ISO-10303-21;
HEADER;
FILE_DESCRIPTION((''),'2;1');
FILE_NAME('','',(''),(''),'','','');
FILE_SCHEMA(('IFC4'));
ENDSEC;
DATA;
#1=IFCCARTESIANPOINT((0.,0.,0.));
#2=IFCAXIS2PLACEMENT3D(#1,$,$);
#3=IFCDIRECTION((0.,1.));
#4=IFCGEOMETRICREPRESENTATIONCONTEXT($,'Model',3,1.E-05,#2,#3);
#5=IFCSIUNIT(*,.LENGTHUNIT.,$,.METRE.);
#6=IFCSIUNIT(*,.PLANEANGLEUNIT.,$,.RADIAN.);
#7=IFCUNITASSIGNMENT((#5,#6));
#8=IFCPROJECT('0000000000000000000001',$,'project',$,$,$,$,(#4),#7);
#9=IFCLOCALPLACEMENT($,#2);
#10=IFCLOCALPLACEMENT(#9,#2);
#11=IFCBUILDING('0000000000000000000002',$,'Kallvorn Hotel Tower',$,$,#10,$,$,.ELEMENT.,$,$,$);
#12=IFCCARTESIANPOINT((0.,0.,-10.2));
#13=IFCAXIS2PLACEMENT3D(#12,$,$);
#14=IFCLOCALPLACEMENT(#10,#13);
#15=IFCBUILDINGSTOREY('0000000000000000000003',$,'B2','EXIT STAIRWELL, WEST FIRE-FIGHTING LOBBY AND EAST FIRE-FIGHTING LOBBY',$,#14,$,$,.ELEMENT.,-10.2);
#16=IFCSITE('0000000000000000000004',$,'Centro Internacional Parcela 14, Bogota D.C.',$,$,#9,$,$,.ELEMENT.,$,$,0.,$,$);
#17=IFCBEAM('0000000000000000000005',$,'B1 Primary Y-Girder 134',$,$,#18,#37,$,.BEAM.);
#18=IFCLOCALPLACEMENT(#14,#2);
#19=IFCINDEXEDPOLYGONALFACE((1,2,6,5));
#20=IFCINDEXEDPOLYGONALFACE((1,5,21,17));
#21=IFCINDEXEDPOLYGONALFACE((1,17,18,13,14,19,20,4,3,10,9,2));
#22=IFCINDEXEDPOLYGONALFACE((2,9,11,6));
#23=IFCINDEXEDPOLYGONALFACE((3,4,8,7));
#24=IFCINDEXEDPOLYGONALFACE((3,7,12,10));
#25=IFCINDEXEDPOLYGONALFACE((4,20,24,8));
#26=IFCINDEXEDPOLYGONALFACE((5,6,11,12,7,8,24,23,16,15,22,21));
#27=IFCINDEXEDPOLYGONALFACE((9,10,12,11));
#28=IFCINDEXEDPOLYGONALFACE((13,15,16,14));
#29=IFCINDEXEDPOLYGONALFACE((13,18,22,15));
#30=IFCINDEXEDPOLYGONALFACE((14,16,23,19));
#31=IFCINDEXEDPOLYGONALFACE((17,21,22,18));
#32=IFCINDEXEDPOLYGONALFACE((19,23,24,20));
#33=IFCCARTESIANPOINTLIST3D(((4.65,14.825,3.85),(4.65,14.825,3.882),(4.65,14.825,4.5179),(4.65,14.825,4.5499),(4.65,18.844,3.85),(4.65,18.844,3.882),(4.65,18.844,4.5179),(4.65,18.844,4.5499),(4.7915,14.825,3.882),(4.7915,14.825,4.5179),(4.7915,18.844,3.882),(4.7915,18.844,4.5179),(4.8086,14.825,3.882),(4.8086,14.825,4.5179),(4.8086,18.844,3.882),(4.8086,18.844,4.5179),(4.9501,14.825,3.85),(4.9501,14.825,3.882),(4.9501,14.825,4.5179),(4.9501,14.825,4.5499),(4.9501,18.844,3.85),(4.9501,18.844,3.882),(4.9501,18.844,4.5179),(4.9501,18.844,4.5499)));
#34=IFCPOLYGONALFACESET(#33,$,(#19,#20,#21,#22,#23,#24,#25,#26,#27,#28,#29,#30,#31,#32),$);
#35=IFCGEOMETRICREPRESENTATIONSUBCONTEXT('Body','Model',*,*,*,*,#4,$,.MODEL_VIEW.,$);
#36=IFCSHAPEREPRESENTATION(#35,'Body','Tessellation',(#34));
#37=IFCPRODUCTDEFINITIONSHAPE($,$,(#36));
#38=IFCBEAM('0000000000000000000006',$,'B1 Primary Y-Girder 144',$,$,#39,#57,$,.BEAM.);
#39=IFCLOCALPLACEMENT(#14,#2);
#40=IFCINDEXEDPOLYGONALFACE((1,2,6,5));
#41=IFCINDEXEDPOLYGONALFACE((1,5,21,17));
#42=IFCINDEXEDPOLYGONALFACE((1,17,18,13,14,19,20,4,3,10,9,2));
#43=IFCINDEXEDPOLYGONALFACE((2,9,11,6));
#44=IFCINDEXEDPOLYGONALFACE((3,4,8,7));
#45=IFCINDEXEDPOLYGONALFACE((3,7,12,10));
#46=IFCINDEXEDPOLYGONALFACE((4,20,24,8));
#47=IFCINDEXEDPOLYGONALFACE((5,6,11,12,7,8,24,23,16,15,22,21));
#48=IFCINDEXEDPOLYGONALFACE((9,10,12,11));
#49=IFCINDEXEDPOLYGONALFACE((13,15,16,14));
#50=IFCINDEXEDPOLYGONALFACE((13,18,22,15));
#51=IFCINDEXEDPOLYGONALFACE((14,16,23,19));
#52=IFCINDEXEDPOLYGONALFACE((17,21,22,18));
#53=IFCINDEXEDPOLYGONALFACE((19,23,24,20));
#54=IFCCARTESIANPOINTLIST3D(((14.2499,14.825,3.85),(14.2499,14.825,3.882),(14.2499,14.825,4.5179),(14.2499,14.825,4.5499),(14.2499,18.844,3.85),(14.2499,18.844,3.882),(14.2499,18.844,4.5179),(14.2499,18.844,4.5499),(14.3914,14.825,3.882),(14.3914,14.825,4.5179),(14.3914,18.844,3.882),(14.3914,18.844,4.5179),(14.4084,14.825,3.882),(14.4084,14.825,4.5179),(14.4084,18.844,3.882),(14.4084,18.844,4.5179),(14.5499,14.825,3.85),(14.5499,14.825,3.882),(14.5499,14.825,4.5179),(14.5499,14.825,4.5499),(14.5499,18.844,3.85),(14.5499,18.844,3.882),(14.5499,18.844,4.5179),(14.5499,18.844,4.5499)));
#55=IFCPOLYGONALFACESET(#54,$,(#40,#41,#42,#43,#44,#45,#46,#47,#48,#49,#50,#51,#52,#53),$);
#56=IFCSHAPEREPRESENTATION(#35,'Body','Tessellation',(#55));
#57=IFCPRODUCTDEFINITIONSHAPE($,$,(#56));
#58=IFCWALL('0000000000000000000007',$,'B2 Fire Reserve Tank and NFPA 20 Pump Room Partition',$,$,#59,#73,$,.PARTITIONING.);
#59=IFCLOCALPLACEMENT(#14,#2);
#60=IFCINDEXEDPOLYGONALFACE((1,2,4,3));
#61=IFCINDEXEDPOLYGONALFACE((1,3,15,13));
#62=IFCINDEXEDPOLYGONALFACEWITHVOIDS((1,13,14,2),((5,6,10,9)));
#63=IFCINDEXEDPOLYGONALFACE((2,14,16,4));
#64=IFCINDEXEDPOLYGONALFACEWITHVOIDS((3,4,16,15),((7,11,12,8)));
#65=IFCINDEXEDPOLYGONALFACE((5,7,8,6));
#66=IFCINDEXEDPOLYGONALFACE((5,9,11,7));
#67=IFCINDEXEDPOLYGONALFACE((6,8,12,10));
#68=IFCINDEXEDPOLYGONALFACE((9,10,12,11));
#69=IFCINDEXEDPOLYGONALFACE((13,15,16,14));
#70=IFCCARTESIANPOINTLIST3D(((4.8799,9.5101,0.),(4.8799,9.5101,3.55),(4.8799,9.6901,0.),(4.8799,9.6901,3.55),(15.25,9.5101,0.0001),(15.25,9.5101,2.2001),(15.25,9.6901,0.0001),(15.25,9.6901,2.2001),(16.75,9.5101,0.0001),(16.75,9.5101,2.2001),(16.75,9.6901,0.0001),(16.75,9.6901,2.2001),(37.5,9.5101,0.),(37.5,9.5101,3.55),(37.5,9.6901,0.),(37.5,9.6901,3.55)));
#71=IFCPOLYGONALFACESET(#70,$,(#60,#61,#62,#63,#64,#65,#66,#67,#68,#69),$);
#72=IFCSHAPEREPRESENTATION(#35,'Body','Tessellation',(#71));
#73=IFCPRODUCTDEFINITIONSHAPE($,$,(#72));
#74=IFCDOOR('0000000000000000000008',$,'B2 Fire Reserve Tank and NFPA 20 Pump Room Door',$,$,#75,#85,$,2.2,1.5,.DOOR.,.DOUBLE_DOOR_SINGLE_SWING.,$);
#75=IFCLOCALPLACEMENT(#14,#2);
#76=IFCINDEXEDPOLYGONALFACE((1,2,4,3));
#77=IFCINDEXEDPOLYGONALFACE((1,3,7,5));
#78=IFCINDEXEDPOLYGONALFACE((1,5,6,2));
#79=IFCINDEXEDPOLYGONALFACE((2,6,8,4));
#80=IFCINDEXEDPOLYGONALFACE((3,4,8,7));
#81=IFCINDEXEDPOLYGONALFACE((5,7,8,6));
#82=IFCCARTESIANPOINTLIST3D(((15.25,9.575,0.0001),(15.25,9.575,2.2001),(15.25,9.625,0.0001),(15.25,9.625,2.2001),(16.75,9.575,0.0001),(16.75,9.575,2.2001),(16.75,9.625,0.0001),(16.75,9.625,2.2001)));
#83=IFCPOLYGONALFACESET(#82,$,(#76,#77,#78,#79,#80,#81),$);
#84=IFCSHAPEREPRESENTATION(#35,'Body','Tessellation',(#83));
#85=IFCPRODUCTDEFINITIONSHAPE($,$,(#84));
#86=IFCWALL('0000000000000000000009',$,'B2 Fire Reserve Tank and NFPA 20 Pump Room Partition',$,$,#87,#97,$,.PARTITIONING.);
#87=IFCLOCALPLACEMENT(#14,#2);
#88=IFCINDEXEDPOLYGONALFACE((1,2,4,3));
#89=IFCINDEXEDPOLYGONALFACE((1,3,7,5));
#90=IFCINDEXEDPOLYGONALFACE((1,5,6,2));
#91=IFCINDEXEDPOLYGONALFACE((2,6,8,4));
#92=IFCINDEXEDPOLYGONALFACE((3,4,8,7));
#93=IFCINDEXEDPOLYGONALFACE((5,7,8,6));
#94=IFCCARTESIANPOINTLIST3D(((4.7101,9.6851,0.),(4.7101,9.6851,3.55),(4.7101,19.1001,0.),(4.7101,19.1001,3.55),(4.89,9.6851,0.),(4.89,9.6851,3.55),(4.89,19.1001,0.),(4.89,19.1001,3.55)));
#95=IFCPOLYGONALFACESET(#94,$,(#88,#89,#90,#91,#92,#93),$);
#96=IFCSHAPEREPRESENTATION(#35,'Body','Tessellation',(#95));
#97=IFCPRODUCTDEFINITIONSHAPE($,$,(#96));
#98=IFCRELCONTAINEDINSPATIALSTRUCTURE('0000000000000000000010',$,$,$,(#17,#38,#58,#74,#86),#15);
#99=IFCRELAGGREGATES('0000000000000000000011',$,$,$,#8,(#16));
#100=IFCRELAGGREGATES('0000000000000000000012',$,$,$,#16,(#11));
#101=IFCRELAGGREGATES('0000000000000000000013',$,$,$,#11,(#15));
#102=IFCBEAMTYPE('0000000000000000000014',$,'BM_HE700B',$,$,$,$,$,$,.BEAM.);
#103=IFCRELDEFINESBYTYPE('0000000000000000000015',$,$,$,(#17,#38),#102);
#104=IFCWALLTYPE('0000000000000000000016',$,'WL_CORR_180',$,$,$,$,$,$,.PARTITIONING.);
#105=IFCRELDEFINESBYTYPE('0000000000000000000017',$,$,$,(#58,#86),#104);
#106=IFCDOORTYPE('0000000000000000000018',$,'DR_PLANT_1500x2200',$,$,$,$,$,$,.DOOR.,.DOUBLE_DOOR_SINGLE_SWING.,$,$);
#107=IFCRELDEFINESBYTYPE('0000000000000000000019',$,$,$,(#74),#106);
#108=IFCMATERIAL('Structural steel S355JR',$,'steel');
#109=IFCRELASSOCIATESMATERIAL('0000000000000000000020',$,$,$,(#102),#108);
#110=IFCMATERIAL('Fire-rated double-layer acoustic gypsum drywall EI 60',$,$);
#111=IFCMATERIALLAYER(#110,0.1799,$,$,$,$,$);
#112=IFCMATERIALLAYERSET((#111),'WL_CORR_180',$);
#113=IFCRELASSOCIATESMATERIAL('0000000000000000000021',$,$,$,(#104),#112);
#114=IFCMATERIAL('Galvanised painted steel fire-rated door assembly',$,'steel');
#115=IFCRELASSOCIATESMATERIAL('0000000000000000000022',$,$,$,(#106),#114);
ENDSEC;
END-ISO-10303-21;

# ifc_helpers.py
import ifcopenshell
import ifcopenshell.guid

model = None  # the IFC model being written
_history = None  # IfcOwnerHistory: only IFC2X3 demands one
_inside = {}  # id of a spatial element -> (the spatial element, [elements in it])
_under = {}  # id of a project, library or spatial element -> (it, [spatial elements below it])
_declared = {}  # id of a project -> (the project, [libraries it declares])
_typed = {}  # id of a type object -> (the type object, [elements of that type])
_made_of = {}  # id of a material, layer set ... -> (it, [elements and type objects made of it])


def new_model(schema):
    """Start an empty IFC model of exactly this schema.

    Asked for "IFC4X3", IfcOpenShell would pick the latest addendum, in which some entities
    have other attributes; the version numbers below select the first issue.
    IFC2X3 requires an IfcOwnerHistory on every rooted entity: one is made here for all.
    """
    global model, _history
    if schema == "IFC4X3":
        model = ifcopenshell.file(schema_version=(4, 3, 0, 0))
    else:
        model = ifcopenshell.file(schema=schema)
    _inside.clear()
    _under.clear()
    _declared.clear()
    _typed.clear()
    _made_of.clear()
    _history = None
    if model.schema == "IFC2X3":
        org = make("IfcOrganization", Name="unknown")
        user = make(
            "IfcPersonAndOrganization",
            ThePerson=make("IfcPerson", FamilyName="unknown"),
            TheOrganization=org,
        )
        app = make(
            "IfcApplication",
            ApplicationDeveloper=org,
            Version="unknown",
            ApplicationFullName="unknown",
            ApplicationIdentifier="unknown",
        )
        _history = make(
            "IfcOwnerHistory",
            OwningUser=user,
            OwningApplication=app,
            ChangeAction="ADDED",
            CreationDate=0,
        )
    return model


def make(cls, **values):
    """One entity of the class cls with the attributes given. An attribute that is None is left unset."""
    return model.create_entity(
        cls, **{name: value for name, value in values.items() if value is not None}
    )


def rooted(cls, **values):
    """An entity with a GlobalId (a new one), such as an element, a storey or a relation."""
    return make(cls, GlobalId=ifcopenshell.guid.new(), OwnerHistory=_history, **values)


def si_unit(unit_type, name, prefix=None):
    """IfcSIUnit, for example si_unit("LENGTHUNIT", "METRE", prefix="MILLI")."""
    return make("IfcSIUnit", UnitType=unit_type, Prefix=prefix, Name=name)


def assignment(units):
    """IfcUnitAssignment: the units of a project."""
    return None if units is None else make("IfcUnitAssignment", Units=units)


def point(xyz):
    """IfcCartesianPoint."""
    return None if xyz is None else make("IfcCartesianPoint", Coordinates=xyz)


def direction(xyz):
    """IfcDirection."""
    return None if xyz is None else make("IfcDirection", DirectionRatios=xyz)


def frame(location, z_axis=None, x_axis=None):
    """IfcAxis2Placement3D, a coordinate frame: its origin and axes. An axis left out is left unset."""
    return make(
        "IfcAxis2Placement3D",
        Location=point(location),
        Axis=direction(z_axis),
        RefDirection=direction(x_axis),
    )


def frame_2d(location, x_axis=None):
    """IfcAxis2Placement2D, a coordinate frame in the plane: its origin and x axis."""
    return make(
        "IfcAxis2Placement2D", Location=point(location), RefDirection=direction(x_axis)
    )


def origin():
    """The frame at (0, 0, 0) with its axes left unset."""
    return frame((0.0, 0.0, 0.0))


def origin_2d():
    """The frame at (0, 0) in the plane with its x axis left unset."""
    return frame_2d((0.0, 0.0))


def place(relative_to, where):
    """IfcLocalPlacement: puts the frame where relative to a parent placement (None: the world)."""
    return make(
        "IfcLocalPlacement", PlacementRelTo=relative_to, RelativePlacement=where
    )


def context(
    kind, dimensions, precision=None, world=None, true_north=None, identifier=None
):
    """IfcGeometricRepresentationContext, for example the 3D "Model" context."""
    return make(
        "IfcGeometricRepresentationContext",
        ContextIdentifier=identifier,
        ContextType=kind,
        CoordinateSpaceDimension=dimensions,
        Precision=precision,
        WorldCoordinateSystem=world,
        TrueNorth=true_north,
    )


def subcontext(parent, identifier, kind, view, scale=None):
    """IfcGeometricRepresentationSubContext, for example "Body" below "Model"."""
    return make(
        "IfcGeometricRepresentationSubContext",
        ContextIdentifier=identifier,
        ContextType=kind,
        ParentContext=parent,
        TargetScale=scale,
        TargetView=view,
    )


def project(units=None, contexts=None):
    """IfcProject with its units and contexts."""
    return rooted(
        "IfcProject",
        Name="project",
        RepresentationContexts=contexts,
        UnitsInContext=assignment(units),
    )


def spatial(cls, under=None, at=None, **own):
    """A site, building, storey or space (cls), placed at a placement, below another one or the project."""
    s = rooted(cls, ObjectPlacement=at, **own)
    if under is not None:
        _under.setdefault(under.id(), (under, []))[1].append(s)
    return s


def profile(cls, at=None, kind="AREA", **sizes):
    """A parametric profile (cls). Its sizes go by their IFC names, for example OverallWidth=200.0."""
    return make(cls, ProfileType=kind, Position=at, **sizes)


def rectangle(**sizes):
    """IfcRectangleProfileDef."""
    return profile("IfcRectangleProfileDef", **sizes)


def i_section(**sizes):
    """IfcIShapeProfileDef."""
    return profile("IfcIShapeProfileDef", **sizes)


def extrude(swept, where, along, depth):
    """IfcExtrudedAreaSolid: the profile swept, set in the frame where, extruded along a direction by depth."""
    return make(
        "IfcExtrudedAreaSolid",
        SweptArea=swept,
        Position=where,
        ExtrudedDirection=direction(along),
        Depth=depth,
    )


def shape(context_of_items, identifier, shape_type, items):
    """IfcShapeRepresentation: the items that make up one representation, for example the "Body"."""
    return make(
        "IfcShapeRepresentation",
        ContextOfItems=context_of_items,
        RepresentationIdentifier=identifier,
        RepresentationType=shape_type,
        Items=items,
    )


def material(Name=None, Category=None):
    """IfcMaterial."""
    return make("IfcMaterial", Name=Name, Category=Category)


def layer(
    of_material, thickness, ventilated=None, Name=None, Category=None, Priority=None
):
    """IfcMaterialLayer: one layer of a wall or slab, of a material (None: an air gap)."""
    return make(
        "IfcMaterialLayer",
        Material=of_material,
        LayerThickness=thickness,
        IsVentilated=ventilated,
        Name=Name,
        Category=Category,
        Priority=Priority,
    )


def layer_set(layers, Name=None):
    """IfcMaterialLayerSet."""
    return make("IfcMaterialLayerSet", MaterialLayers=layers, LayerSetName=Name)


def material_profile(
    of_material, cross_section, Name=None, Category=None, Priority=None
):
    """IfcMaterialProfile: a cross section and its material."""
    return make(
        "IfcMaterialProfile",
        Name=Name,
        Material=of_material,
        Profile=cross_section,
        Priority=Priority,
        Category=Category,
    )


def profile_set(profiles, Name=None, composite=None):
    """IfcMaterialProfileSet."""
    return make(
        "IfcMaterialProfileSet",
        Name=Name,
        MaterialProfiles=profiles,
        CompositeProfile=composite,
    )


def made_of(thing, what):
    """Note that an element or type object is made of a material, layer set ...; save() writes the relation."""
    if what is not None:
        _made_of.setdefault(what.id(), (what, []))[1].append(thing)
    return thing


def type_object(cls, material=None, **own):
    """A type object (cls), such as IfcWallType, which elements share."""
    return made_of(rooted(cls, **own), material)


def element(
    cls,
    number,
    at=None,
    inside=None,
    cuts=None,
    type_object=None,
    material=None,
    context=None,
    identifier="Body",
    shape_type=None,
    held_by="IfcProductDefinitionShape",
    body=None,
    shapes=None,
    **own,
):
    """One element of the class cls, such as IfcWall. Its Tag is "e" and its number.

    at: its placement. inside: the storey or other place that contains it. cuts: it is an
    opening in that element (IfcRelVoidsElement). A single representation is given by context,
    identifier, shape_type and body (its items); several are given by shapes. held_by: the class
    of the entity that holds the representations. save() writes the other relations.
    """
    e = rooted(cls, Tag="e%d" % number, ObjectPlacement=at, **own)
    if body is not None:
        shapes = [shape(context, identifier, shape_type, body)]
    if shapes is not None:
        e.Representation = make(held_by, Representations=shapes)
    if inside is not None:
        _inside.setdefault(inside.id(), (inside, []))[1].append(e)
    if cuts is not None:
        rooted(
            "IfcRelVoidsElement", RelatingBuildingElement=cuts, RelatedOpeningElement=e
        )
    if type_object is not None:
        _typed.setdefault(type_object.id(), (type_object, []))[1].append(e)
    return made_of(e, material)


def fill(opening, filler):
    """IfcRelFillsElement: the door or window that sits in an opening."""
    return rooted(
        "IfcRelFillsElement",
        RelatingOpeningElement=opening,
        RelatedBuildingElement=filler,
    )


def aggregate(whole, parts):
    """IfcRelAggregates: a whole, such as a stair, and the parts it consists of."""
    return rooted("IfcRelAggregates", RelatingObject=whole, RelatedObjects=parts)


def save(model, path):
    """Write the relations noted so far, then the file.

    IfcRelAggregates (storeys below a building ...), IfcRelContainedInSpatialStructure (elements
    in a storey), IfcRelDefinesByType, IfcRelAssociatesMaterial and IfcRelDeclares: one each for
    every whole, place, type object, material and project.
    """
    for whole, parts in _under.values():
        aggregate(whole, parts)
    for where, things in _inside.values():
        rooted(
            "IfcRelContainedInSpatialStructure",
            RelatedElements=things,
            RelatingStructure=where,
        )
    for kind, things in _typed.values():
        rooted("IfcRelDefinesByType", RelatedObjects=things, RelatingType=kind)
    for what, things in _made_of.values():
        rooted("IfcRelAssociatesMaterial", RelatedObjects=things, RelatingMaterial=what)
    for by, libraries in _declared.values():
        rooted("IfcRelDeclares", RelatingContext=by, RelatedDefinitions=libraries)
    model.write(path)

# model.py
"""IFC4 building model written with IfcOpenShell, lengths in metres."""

from ifc_helpers import new_model, si_unit, direction, frame, frame_2d, origin, origin_2d, place, context, subcontext, project, spatial, rectangle, i_section, extrude, material, layer, layer_set, material_profile, profile_set, type_object, element, fill, save


model = new_model("IFC4")

# Units and contexts
model_context = context("Model", 3, precision=1e-05, world=origin(), true_north=direction((0.0, 1.0)))
body_context = subcontext(model_context, "Body", "Model", "MODEL_VIEW")
ifc_project = project(units=[si_unit("LENGTHUNIT", "METRE"), si_unit("PLANEANGLEUNIT", "RADIAN")], contexts=[model_context])

# Site, building, storey
site_placement = place(None, origin())
site = spatial("IfcSite", under=ifc_project, at=site_placement, Name="Centro Internacional Parcela 14, Bogota D.C.", CompositionType="ELEMENT", RefElevation=0.0)
building_placement = place(site_placement, origin())
building = spatial("IfcBuilding", under=site, at=building_placement, Name="Kallvorn Hotel Tower", CompositionType="ELEMENT")
storey_placement = place(building_placement, frame((0.0, 0.0, -10.2)))
storey = spatial("IfcBuildingStorey", under=building, at=storey_placement, Name="B2", Description="EXIT STAIRWELL, WEST FIRE-FIGHTING LOBBY AND EAST FIRE-FIGHTING LOBBY", CompositionType="ELEMENT", Elevation=-10.2)

# Beams
ifc_material_1 = material(Name="Structural steel S355JR", Category="steel")
ifc_material_profile_1 = material_profile(ifc_material_1, i_section(OverallWidth=0.3, OverallDepth=0.7, WebThickness=0.0171, FlangeThickness=0.032, at=origin_2d()), Name="HE 700 B")
ifc_profile_set_1 = profile_set([ifc_material_profile_1], Name="Structural steel S355JR")
beam_type_1 = type_object("IfcBeamType", Name="BM_HE700B", PredefinedType="BEAM", material=ifc_profile_set_1)
for number, where, z_axis, x_axis, name in (
    (1, (4.8, 14.825, 4.2), (0.0, 1.0, 0.0), (-1.0, 0.0, 0.0), "B1 Primary Y-Girder 134"),
    (2, (14.3999, 14.825, 4.2), (0.0, 1.0, 0.0), (-1.0, 0.0, 0.0), "B1 Primary Y-Girder 144"),
):
    element("IfcBeam", number, at=place(storey_placement, frame(where, z_axis=z_axis, x_axis=x_axis)), inside=storey, type_object=beam_type_1, Name=name, PredefinedType="BEAM", context=body_context, shape_type="SweptSolid", body=[
        extrude(i_section(OverallWidth=0.3, OverallDepth=0.7, WebThickness=0.0171, FlangeThickness=0.032, at=origin_2d()), origin(), (0.0, 0.0, 1.0), 4.019),
    ])

# Wall, opening, door
ifc_material_2 = material(Name="Fire-rated double-layer acoustic gypsum drywall EI 60")
ifc_layer = layer(ifc_material_2, 0.1799)
ifc_layer_set = layer_set([ifc_layer], Name="WL_CORR_180")
wall_type = type_object("IfcWallType", Name="WL_CORR_180", PredefinedType="PARTITIONING", material=ifc_layer_set)
wall_1_placement = place(storey_placement, frame((4.8799, 9.6001, 0.0), z_axis=(0.0, 0.0, 1.0), x_axis=(1.0, 0.0, 0.0)))
wall_1 = element("IfcWall", 3, at=wall_1_placement, inside=storey, type_object=wall_type, Name="B2 Fire Reserve Tank and NFPA 20 Pump Room Partition", PredefinedType="PARTITIONING", context=body_context, shape_type="SweptSolid", body=[
    extrude(rectangle(XDim=32.6201, YDim=0.1799, at=frame_2d((16.3101, 0.0))), origin(), (0.0, 0.0, 1.0), 3.55),
])
opening_placement = place(wall_1_placement, frame((10.3701, 0.0, 0.0)))
opening = element("IfcOpeningElement", 4, at=opening_placement, cuts=wall_1, PredefinedType="OPENING", context=body_context, shape_type="SweptSolid", body=[
    extrude(rectangle(XDim=1.5, YDim=2.2, at=frame_2d((0.75, 1.1001))), frame((0.0, 0.1047, 0.0), z_axis=(0.0, -1.0, 0.0), x_axis=(1.0, 0.0, 0.0)), (0.0, 0.0, 1.0), 0.21),
])
ifc_material_3 = material(Name="Galvanised painted steel fire-rated door assembly", Category="steel")
door_type = type_object("IfcDoorType", Name="DR_PLANT_1500x2200", OperationType="DOUBLE_DOOR_SINGLE_SWING", PredefinedType="DOOR", material=ifc_material_3)
door_placement = place(opening_placement, origin())
door = element("IfcDoor", 5, at=door_placement, inside=storey, type_object=door_type, Name="B2 Fire Reserve Tank and NFPA 20 Pump Room Door", OperationType="DOUBLE_DOOR_SINGLE_SWING", OverallHeight=2.2, OverallWidth=1.5, PredefinedType="DOOR", context=body_context, shape_type="SweptSolid", body=[
    extrude(rectangle(XDim=1.5, YDim=2.2, at=frame_2d((0.75, 1.1001))), frame((0.0, 0.0249, 0.0), z_axis=(0.0, -1.0, 0.0), x_axis=(1.0, 0.0, 0.0)), (0.0, 0.0, 1.0), 0.05),
])
fill(opening, door)

# Wall
wall_2_placement = place(storey_placement, frame((4.8, 9.6851, 0.0), z_axis=(0.0, 0.0, 1.0), x_axis=(0.0, 1.0, 0.0)))
element("IfcWall", 6, at=wall_2_placement, inside=storey, type_object=wall_type, Name="B2 Fire Reserve Tank and NFPA 20 Pump Room Partition", PredefinedType="PARTITIONING", context=body_context, shape_type="SweptSolid", body=[
    extrude(rectangle(XDim=9.415, YDim=0.1799, at=frame_2d((4.7075, 0.0))), origin(), (0.0, 0.0, 1.0), 3.55),
])

save(model, "model.ifc")
